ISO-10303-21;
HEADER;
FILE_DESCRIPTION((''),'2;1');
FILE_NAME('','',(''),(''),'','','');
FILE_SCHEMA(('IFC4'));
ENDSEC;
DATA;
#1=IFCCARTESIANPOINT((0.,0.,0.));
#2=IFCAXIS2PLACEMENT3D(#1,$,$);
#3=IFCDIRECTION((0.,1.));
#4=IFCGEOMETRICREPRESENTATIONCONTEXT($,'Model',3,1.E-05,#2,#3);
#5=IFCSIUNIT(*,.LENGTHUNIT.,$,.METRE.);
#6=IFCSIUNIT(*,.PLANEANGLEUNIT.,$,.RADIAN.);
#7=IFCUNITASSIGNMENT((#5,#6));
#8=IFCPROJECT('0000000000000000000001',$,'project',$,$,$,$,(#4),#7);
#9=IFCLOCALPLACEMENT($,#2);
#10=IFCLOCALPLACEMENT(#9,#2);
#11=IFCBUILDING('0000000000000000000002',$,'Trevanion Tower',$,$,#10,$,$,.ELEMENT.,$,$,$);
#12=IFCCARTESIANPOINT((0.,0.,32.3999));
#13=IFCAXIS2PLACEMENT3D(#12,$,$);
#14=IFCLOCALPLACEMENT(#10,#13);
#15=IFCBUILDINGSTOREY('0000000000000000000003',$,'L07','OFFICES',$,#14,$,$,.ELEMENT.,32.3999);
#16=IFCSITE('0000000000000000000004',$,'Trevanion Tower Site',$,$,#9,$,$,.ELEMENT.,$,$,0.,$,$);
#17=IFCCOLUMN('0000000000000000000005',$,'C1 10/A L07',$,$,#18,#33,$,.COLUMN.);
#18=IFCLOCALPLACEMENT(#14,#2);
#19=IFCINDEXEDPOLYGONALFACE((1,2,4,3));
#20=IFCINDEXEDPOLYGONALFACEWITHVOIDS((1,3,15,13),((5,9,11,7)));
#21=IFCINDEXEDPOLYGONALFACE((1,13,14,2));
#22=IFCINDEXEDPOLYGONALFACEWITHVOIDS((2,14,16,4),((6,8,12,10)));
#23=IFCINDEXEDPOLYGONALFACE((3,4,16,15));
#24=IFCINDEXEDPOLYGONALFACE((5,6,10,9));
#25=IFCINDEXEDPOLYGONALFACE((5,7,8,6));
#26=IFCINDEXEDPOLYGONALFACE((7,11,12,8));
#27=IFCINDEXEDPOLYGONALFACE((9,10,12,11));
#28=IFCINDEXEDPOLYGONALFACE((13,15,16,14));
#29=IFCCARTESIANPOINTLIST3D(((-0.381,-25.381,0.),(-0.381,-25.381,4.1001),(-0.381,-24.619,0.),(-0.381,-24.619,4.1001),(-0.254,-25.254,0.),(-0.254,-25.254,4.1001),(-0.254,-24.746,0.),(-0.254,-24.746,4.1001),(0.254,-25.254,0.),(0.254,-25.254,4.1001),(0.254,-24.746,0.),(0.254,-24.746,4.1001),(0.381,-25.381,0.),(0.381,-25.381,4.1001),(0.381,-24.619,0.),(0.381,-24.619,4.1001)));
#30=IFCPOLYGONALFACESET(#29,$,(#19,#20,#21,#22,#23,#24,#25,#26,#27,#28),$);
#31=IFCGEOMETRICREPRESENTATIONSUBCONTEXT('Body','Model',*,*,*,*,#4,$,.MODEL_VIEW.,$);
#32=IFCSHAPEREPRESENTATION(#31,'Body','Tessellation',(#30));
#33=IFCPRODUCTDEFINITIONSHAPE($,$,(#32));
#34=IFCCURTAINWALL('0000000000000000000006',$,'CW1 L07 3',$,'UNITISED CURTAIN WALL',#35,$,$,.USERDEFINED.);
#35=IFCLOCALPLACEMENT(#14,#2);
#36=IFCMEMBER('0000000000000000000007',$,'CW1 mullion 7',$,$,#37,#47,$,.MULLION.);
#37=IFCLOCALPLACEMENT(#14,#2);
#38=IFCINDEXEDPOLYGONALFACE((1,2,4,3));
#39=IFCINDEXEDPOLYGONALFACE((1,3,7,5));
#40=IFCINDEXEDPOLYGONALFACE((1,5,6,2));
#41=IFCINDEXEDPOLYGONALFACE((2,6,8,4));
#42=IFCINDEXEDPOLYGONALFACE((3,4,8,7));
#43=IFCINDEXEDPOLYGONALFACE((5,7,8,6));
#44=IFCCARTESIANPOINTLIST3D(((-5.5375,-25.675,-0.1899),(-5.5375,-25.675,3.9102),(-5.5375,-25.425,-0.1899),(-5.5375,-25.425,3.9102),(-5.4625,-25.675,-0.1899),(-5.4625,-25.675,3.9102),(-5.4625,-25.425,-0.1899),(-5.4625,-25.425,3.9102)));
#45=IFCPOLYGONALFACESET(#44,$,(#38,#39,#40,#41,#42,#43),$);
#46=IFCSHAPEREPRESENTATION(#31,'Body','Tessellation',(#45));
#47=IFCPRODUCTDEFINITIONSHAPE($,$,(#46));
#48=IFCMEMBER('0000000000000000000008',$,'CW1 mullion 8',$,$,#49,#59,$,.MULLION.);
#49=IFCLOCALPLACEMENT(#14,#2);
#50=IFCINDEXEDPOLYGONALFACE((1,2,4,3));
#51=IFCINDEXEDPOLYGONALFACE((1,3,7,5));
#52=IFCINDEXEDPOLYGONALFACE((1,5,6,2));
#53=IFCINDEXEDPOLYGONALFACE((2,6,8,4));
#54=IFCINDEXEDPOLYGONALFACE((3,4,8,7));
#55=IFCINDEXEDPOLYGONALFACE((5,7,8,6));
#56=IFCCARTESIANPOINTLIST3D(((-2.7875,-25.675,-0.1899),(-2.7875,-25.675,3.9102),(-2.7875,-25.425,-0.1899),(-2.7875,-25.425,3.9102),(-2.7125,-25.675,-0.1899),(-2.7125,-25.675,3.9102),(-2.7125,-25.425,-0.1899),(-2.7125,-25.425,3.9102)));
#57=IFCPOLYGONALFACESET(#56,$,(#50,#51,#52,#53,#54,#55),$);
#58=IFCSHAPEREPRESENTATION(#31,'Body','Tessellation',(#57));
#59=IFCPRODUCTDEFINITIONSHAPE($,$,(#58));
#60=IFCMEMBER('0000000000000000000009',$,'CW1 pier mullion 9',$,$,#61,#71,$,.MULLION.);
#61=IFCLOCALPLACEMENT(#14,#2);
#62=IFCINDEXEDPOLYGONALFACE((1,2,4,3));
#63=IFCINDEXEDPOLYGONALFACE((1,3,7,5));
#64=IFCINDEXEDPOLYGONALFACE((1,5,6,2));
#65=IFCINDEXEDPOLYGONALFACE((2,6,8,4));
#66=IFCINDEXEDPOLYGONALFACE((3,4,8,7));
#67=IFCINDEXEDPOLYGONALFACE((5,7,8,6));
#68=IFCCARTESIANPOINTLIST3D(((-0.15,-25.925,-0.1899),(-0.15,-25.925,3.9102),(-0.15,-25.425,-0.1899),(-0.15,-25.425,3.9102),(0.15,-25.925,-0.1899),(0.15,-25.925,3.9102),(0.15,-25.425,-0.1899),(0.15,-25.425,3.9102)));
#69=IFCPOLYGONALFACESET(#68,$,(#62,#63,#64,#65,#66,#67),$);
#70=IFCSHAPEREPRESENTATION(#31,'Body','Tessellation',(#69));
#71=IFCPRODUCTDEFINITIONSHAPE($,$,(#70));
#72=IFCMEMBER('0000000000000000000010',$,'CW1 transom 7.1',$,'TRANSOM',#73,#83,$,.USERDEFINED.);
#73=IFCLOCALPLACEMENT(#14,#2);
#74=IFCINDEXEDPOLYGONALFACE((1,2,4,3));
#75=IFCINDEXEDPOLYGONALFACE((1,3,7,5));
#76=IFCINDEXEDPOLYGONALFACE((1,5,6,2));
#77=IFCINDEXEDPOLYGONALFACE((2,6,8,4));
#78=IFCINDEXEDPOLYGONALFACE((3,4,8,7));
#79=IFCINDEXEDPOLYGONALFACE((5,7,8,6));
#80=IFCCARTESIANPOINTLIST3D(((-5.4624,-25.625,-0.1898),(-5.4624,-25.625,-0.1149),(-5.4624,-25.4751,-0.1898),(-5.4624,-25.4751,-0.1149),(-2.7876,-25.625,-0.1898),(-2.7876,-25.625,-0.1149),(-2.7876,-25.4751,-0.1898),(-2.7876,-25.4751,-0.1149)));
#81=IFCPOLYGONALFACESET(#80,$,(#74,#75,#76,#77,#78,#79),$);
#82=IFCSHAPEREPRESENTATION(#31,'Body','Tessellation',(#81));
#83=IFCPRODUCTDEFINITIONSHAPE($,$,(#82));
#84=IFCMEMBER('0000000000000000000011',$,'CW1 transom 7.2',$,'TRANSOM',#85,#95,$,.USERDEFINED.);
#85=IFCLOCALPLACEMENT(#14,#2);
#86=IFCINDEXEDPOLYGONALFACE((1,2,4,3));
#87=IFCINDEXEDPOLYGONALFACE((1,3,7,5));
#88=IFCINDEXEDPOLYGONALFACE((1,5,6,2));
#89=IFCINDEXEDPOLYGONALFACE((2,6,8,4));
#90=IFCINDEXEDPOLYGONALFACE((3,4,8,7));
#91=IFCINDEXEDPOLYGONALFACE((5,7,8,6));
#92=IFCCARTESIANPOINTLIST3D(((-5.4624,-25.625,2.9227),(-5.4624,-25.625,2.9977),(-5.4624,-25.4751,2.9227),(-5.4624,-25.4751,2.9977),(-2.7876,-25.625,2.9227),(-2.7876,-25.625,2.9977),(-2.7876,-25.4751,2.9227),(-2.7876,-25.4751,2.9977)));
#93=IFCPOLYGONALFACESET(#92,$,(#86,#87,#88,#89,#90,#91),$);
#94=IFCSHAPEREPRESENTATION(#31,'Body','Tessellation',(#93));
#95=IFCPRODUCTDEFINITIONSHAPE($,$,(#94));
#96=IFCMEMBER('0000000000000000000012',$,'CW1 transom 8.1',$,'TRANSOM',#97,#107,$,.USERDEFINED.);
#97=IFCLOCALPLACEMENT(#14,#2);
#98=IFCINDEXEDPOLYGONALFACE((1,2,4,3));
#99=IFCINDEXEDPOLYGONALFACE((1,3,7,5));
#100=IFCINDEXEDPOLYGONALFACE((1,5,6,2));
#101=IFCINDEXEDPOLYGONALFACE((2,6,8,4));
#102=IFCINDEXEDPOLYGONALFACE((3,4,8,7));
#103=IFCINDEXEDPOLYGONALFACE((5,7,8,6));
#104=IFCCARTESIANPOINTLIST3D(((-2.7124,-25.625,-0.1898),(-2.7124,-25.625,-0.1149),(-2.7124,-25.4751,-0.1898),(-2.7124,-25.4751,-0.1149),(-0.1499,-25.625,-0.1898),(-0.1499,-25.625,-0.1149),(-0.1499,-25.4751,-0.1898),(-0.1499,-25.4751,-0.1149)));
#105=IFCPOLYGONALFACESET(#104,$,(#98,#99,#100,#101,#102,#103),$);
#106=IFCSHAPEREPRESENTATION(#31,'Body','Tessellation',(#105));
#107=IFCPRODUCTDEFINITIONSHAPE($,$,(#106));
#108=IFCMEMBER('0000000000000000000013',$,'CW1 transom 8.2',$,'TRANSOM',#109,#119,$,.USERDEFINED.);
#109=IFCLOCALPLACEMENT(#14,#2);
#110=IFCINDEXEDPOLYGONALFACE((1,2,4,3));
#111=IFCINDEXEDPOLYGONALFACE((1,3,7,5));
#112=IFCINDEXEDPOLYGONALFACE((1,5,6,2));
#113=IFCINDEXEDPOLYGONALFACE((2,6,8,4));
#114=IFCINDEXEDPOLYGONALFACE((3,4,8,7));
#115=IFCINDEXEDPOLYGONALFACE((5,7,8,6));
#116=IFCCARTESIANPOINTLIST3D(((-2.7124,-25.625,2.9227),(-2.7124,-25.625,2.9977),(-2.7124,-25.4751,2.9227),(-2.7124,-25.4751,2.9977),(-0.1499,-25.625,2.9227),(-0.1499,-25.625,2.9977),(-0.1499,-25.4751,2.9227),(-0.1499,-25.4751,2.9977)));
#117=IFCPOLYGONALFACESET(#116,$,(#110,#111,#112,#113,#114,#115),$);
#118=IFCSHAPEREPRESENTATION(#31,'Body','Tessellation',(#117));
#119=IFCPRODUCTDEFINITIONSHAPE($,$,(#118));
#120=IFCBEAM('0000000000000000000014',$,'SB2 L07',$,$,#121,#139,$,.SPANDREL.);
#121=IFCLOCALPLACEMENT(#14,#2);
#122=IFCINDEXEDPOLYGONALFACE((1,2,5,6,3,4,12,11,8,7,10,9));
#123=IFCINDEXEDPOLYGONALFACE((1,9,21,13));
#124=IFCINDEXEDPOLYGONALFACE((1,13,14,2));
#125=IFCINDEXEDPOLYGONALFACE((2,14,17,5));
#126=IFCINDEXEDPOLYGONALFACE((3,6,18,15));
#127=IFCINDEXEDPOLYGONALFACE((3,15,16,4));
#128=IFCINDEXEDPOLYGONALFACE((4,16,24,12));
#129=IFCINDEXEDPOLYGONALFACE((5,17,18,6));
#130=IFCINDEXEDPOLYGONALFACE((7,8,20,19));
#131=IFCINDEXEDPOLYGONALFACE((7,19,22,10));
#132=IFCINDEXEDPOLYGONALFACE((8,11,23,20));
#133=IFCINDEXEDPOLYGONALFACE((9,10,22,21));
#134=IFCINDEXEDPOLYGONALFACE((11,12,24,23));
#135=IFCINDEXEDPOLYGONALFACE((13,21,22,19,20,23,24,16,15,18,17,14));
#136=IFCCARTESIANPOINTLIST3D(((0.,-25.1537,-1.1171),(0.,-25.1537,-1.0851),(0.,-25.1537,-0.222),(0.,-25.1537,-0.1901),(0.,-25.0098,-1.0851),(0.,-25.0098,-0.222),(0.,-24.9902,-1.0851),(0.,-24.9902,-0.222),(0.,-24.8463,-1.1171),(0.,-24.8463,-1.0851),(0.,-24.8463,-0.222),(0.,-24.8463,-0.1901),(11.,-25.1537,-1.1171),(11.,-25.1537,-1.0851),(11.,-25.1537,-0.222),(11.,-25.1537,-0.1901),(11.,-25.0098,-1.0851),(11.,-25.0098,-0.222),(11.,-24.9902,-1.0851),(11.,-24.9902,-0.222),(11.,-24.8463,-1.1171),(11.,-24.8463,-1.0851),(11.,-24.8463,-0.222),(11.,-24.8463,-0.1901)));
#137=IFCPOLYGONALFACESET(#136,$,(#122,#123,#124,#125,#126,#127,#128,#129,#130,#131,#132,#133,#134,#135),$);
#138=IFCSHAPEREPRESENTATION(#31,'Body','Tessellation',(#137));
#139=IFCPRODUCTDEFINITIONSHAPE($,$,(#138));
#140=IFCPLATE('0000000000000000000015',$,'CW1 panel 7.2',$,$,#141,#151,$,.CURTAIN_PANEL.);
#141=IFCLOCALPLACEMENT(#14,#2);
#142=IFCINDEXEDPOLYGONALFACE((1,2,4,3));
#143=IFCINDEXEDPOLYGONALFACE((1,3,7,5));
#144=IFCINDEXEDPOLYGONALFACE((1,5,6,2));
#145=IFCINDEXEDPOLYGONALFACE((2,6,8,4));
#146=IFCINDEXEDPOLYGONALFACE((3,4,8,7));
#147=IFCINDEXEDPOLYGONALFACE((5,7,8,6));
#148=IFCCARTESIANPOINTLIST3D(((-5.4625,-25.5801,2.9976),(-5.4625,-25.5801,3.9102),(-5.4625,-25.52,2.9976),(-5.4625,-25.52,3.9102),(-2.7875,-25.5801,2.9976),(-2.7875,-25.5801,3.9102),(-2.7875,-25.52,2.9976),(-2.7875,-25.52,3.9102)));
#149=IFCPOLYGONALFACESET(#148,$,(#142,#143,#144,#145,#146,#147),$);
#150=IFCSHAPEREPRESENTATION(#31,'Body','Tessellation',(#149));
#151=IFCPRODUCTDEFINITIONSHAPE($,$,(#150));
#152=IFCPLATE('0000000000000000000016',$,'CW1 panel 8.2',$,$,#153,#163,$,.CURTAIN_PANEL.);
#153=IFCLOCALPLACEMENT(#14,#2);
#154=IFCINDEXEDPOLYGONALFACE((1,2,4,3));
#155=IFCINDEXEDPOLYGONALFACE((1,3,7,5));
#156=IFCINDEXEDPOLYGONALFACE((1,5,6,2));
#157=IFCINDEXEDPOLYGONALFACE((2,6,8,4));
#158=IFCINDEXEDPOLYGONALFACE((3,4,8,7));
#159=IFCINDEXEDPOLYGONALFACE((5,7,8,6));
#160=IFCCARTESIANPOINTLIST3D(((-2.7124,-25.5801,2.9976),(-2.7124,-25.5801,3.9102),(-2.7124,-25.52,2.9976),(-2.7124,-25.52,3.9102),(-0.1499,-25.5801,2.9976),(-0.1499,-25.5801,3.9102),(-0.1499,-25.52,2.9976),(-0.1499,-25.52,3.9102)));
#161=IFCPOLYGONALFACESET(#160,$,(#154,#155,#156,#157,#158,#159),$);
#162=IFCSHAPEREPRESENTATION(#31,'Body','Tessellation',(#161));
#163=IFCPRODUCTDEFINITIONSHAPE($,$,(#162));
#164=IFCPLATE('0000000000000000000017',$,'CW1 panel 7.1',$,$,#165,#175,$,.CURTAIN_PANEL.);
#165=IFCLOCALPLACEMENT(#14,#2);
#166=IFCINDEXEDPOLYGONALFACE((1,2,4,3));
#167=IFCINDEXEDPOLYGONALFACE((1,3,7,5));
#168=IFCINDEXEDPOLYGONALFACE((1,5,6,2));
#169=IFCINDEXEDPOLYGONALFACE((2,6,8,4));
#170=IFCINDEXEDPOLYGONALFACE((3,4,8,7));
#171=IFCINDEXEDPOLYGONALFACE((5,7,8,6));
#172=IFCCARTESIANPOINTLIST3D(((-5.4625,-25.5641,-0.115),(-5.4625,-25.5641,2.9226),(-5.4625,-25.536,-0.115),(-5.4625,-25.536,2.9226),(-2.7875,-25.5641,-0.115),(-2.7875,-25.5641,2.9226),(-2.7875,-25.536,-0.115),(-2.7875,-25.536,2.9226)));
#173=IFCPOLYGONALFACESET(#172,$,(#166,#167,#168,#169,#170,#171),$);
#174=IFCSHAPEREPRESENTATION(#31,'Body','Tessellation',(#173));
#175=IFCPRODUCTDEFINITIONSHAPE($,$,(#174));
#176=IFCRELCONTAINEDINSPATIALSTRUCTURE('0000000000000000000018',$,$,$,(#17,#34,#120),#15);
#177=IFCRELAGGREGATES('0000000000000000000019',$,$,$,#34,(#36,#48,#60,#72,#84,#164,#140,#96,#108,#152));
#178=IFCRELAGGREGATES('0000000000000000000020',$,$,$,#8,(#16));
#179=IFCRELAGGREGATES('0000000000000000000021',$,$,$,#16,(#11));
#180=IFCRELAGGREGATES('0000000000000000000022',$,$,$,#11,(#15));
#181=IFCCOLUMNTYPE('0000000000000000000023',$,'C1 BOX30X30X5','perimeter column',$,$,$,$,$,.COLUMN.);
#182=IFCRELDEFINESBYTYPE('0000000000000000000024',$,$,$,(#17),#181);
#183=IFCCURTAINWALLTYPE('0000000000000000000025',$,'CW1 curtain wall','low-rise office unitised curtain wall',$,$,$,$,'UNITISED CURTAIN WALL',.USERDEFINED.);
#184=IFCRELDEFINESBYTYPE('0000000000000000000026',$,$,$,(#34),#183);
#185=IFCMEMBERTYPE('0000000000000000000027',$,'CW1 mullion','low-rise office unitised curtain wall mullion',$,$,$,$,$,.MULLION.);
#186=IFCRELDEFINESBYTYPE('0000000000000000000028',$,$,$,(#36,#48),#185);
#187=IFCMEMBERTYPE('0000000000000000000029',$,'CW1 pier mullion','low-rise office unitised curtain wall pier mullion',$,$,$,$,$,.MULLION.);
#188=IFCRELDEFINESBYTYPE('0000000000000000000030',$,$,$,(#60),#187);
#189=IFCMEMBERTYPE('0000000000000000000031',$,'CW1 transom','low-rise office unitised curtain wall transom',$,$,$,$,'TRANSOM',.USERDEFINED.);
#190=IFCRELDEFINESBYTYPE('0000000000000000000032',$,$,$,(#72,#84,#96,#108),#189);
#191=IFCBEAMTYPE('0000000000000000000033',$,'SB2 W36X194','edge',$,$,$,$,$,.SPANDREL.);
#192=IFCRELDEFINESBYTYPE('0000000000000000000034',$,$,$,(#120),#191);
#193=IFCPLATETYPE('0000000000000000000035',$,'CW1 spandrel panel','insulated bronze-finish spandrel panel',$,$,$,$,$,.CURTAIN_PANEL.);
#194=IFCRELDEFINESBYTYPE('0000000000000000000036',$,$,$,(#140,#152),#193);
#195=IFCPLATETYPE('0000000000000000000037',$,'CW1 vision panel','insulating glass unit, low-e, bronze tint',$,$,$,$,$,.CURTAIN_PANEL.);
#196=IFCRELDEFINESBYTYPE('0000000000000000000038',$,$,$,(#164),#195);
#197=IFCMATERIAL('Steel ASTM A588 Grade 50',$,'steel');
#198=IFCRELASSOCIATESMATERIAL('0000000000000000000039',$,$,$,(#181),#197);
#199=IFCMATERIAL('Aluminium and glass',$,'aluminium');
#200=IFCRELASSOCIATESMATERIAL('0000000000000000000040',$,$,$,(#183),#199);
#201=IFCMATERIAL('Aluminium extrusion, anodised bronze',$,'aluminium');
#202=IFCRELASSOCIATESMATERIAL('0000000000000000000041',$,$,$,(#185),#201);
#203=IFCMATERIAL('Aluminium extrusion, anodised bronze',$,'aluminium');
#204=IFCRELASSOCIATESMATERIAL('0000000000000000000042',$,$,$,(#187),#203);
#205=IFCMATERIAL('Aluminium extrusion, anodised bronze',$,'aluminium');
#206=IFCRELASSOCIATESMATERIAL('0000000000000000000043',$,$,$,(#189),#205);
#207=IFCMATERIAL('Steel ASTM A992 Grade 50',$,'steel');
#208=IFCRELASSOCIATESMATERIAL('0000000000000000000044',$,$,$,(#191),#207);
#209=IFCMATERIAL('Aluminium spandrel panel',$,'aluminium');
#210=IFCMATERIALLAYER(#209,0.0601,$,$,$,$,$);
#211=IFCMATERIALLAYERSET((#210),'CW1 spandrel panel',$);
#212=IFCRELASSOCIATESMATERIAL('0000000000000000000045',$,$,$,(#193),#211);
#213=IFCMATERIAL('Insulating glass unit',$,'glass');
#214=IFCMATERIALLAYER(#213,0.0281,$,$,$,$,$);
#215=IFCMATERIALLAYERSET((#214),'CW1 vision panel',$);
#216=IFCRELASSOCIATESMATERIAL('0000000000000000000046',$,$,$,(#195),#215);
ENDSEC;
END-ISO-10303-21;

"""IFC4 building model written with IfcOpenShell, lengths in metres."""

from ifc_helpers import new_model, si_unit, direction, frame, origin, origin_2d, place, context, subcontext, project, spatial, rectangle, hollow_rectangle, i_section, extrude, material, layer, layer_set, material_profile, profile_set, type_object, element, aggregate, save


model = new_model("IFC4")

# Units and contexts
model_context = context("Model", 3, precision=1e-05, world=origin(), true_north=direction((0.0, 1.0)))
body_context = subcontext(model_context, "Body", "Model", "MODEL_VIEW")
ifc_project = project(units=[si_unit("LENGTHUNIT", "METRE"), si_unit("PLANEANGLEUNIT", "RADIAN")], contexts=[model_context])

# Site, building, storey
site_placement = place(None, origin())
site = spatial("IfcSite", under=ifc_project, at=site_placement, Name="Trevanion Tower Site", CompositionType="ELEMENT", RefElevation=0.0)
building_placement = place(site_placement, origin())
building = spatial("IfcBuilding", under=site, at=building_placement, Name="Trevanion Tower", CompositionType="ELEMENT")
storey_placement = place(building_placement, frame((0.0, 0.0, 32.3999)))
storey = spatial("IfcBuildingStorey", under=building, at=storey_placement, Name="L07", Description="OFFICES", CompositionType="ELEMENT", Elevation=32.3999)

# Column
ifc_material_1 = material(Name="Steel ASTM A588 Grade 50", Category="steel")
ifc_material_profile_1 = material_profile(ifc_material_1, hollow_rectangle(XDim=0.762, YDim=0.762, WallThickness=0.127, at=origin_2d()), Name="BOX30X30X5")
ifc_profile_set_1 = profile_set([ifc_material_profile_1], Name="Steel ASTM A588 Grade 50")
column_type = type_object("IfcColumnType", Name="C1 BOX30X30X5", Description="perimeter column", PredefinedType="COLUMN", material=ifc_profile_set_1)
column_placement = place(storey_placement, frame((0.0, -25.0, 0.0), z_axis=(0.0, 0.0, 1.0), x_axis=(1.0, 0.0, 0.0)))
element("IfcColumn", 1, at=column_placement, inside=storey, type_object=column_type, Name="C1 10/A L07", PredefinedType="COLUMN", context=body_context, shape_type="SweptSolid", body=[
    extrude(hollow_rectangle(XDim=0.762, YDim=0.762, WallThickness=0.127, at=origin_2d()), origin(), (0.0, 0.0, 1.0), 4.1001),
])

# Curtain wall, members
ifc_material_2 = material(Name="Aluminium and glass", Category="aluminium")
curtain_wall_type = type_object("IfcCurtainWallType", Name="CW1 curtain wall", Description="low-rise office unitised curtain wall", ElementType="UNITISED CURTAIN WALL", PredefinedType="USERDEFINED", material=ifc_material_2)
curtain_wall_placement = place(storey_placement, origin())
curtain_wall = element("IfcCurtainWall", 2, at=curtain_wall_placement, inside=storey, type_object=curtain_wall_type, Name="CW1 L07 3", ObjectType="UNITISED CURTAIN WALL", PredefinedType="USERDEFINED")
ifc_material_3 = material(Name="Aluminium extrusion, anodised bronze", Category="aluminium")
ifc_material_profile_2 = material_profile(ifc_material_3, rectangle(XDim=0.075, YDim=0.25, at=origin_2d()), Name="CW1 mullion")
ifc_profile_set_2 = profile_set([ifc_material_profile_2], Name="Aluminium extrusion, anodised bronze")
member_type_1 = type_object("IfcMemberType", Name="CW1 mullion", Description="low-rise office unitised curtain wall mullion", PredefinedType="MULLION", material=ifc_profile_set_2)
member_1_placement = place(storey_placement, frame((-5.5, -25.55, -0.1899), z_axis=(0.0, 0.0, 1.0), x_axis=(1.0, 0.0, 0.0)))
member_1 = element("IfcMember", 3, at=member_1_placement, type_object=member_type_1, Name="CW1 mullion 7", PredefinedType="MULLION", context=body_context, shape_type="SweptSolid", body=[
    extrude(rectangle(XDim=0.075, YDim=0.25, at=origin_2d()), origin(), (0.0, 0.0, 1.0), 4.1001),
])
member_2_placement = place(storey_placement, frame((-2.75, -25.55, -0.1899), z_axis=(0.0, 0.0, 1.0), x_axis=(1.0, 0.0, 0.0)))
member_2 = element("IfcMember", 4, at=member_2_placement, type_object=member_type_1, Name="CW1 mullion 8", PredefinedType="MULLION", context=body_context, shape_type="SweptSolid", body=[
    extrude(rectangle(XDim=0.075, YDim=0.25, at=origin_2d()), origin(), (0.0, 0.0, 1.0), 4.1001),
])
ifc_material_4 = material(Name="Aluminium extrusion, anodised bronze", Category="aluminium")
ifc_material_profile_3 = material_profile(ifc_material_4, rectangle(XDim=0.3, YDim=0.5, at=origin_2d()), Name="CW1 pier mullion")
ifc_profile_set_3 = profile_set([ifc_material_profile_3], Name="Aluminium extrusion, anodised bronze")
member_type_2 = type_object("IfcMemberType", Name="CW1 pier mullion", Description="low-rise office unitised curtain wall pier mullion", PredefinedType="MULLION", material=ifc_profile_set_3)
member_3_placement = place(storey_placement, frame((0.0, -25.675, -0.1899), z_axis=(0.0, 0.0, 1.0), x_axis=(1.0, 0.0, 0.0)))
member_3 = element("IfcMember", 5, at=member_3_placement, type_object=member_type_2, Name="CW1 pier mullion 9", PredefinedType="MULLION", context=body_context, shape_type="SweptSolid", body=[
    extrude(rectangle(XDim=0.3, YDim=0.5, at=origin_2d()), origin(), (0.0, 0.0, 1.0), 4.1001),
])
ifc_material_5 = material(Name="Aluminium extrusion, anodised bronze", Category="aluminium")
ifc_material_profile_4 = material_profile(ifc_material_5, rectangle(XDim=0.1499, YDim=0.075, at=origin_2d()), Name="CW1 transom")
ifc_profile_set_4 = profile_set([ifc_material_profile_4], Name="Aluminium extrusion, anodised bronze")
member_type_3 = type_object("IfcMemberType", Name="CW1 transom", Description="low-rise office unitised curtain wall transom", ElementType="TRANSOM", PredefinedType="USERDEFINED", material=ifc_profile_set_4)
member_4_placement = place(storey_placement, frame((-5.4624, -25.55, -0.1523), z_axis=(1.0, 0.0, 0.0), x_axis=(0.0, 1.0, 0.0)))
member_4 = element("IfcMember", 6, at=member_4_placement, type_object=member_type_3, Name="CW1 transom 7.1", ObjectType="TRANSOM", PredefinedType="USERDEFINED", context=body_context, shape_type="SweptSolid", body=[
    extrude(rectangle(XDim=0.1499, YDim=0.075, at=origin_2d()), origin(), (0.0, 0.0, 1.0), 2.6748),
])
member_5_placement = place(storey_placement, frame((-5.4624, -25.55, 2.9602), z_axis=(1.0, 0.0, 0.0), x_axis=(0.0, 1.0, 0.0)))
member_5 = element("IfcMember", 7, at=member_5_placement, type_object=member_type_3, Name="CW1 transom 7.2", ObjectType="TRANSOM", PredefinedType="USERDEFINED", context=body_context, shape_type="SweptSolid", body=[
    extrude(rectangle(XDim=0.1499, YDim=0.075, at=origin_2d()), origin(), (0.0, 0.0, 1.0), 2.6748),
])
member_6_placement = place(storey_placement, frame((-2.7124, -25.55, -0.1523), z_axis=(1.0, 0.0, 0.0), x_axis=(0.0, 1.0, 0.0)))
member_6 = element("IfcMember", 8, at=member_6_placement, type_object=member_type_3, Name="CW1 transom 8.1", ObjectType="TRANSOM", PredefinedType="USERDEFINED", context=body_context, shape_type="SweptSolid", body=[
    extrude(rectangle(XDim=0.1499, YDim=0.075, at=origin_2d()), origin(), (0.0, 0.0, 1.0), 2.5625),
])
member_7_placement = place(storey_placement, frame((-2.7124, -25.55, 2.9602), z_axis=(1.0, 0.0, 0.0), x_axis=(0.0, 1.0, 0.0)))
member_7 = element("IfcMember", 9, at=member_7_placement, type_object=member_type_3, Name="CW1 transom 8.2", ObjectType="TRANSOM", PredefinedType="USERDEFINED", context=body_context, shape_type="SweptSolid", body=[
    extrude(rectangle(XDim=0.1499, YDim=0.075, at=origin_2d()), origin(), (0.0, 0.0, 1.0), 2.5625),
])

# Beam
ifc_material_6 = material(Name="Steel ASTM A992 Grade 50", Category="steel")
ifc_material_profile_5 = material_profile(ifc_material_6, i_section(OverallWidth=0.3074, OverallDepth=0.927, WebThickness=0.0195, FlangeThickness=0.032, at=origin_2d()), Name="W36X194")
ifc_profile_set_5 = profile_set([ifc_material_profile_5], Name="Steel ASTM A992 Grade 50")
beam_type = type_object("IfcBeamType", Name="SB2 W36X194", Description="edge", PredefinedType="SPANDREL", material=ifc_profile_set_5)
beam_placement = place(storey_placement, frame((0.0, -25.0, -0.6536), z_axis=(1.0, 0.0, 0.0), x_axis=(0.0, 1.0, 0.0)))
element("IfcBeam", 10, at=beam_placement, inside=storey, type_object=beam_type, Name="SB2 L07", PredefinedType="SPANDREL", context=body_context, shape_type="SweptSolid", body=[
    extrude(i_section(OverallWidth=0.3074, OverallDepth=0.927, WebThickness=0.0195, FlangeThickness=0.032, at=origin_2d()), origin(), (0.0, 0.0, 1.0), 11.0),
])

# Plates
ifc_material_7 = material(Name="Aluminium spandrel panel", Category="aluminium")
ifc_layer_1 = layer(ifc_material_7, 0.0601)
ifc_layer_set_1 = layer_set([ifc_layer_1], Name="CW1 spandrel panel")
plate_type_1 = type_object("IfcPlateType", Name="CW1 spandrel panel", Description="insulated bronze-finish spandrel panel", PredefinedType="CURTAIN_PANEL", material=ifc_layer_set_1)
plate_1_placement = place(storey_placement, frame((-4.125, -25.55, 2.9976), z_axis=(0.0, 0.0, 1.0), x_axis=(1.0, 0.0, 0.0)))
plate_1 = element("IfcPlate", 11, at=plate_1_placement, type_object=plate_type_1, Name="CW1 panel 7.2", PredefinedType="CURTAIN_PANEL", context=body_context, shape_type="SweptSolid", body=[
    extrude(rectangle(XDim=2.675, YDim=0.0601, at=origin_2d()), origin(), (0.0, 0.0, 1.0), 0.9126),
])
plate_2_placement = place(storey_placement, frame((-1.4312, -25.55, 2.9976), z_axis=(0.0, 0.0, 1.0), x_axis=(1.0, 0.0, 0.0)))
plate_2 = element("IfcPlate", 12, at=plate_2_placement, type_object=plate_type_1, Name="CW1 panel 8.2", PredefinedType="CURTAIN_PANEL", context=body_context, shape_type="SweptSolid", body=[
    extrude(rectangle(XDim=2.5625, YDim=0.0601, at=origin_2d()), origin(), (0.0, 0.0, 1.0), 0.9126),
])
ifc_material_8 = material(Name="Insulating glass unit", Category="glass")
ifc_layer_2 = layer(ifc_material_8, 0.0281)
ifc_layer_set_2 = layer_set([ifc_layer_2], Name="CW1 vision panel")
plate_type_2 = type_object("IfcPlateType", Name="CW1 vision panel", Description="insulating glass unit, low-e, bronze tint", PredefinedType="CURTAIN_PANEL", material=ifc_layer_set_2)
plate_3_placement = place(storey_placement, frame((-4.125, -25.55, -0.115), z_axis=(0.0, 0.0, 1.0), x_axis=(1.0, 0.0, 0.0)))
plate_3 = element("IfcPlate", 13, at=plate_3_placement, type_object=plate_type_2, Name="CW1 panel 7.1", PredefinedType="CURTAIN_PANEL", context=body_context, shape_type="SweptSolid", body=[
    extrude(rectangle(XDim=2.675, YDim=0.0281, at=origin_2d()), origin(), (0.0, 0.0, 1.0), 3.0376),
])
aggregate(curtain_wall, [member_1, member_2, member_3, member_4, member_5, plate_3, plate_1, member_6, member_7, plate_2])

save(model, "model.ifc")
